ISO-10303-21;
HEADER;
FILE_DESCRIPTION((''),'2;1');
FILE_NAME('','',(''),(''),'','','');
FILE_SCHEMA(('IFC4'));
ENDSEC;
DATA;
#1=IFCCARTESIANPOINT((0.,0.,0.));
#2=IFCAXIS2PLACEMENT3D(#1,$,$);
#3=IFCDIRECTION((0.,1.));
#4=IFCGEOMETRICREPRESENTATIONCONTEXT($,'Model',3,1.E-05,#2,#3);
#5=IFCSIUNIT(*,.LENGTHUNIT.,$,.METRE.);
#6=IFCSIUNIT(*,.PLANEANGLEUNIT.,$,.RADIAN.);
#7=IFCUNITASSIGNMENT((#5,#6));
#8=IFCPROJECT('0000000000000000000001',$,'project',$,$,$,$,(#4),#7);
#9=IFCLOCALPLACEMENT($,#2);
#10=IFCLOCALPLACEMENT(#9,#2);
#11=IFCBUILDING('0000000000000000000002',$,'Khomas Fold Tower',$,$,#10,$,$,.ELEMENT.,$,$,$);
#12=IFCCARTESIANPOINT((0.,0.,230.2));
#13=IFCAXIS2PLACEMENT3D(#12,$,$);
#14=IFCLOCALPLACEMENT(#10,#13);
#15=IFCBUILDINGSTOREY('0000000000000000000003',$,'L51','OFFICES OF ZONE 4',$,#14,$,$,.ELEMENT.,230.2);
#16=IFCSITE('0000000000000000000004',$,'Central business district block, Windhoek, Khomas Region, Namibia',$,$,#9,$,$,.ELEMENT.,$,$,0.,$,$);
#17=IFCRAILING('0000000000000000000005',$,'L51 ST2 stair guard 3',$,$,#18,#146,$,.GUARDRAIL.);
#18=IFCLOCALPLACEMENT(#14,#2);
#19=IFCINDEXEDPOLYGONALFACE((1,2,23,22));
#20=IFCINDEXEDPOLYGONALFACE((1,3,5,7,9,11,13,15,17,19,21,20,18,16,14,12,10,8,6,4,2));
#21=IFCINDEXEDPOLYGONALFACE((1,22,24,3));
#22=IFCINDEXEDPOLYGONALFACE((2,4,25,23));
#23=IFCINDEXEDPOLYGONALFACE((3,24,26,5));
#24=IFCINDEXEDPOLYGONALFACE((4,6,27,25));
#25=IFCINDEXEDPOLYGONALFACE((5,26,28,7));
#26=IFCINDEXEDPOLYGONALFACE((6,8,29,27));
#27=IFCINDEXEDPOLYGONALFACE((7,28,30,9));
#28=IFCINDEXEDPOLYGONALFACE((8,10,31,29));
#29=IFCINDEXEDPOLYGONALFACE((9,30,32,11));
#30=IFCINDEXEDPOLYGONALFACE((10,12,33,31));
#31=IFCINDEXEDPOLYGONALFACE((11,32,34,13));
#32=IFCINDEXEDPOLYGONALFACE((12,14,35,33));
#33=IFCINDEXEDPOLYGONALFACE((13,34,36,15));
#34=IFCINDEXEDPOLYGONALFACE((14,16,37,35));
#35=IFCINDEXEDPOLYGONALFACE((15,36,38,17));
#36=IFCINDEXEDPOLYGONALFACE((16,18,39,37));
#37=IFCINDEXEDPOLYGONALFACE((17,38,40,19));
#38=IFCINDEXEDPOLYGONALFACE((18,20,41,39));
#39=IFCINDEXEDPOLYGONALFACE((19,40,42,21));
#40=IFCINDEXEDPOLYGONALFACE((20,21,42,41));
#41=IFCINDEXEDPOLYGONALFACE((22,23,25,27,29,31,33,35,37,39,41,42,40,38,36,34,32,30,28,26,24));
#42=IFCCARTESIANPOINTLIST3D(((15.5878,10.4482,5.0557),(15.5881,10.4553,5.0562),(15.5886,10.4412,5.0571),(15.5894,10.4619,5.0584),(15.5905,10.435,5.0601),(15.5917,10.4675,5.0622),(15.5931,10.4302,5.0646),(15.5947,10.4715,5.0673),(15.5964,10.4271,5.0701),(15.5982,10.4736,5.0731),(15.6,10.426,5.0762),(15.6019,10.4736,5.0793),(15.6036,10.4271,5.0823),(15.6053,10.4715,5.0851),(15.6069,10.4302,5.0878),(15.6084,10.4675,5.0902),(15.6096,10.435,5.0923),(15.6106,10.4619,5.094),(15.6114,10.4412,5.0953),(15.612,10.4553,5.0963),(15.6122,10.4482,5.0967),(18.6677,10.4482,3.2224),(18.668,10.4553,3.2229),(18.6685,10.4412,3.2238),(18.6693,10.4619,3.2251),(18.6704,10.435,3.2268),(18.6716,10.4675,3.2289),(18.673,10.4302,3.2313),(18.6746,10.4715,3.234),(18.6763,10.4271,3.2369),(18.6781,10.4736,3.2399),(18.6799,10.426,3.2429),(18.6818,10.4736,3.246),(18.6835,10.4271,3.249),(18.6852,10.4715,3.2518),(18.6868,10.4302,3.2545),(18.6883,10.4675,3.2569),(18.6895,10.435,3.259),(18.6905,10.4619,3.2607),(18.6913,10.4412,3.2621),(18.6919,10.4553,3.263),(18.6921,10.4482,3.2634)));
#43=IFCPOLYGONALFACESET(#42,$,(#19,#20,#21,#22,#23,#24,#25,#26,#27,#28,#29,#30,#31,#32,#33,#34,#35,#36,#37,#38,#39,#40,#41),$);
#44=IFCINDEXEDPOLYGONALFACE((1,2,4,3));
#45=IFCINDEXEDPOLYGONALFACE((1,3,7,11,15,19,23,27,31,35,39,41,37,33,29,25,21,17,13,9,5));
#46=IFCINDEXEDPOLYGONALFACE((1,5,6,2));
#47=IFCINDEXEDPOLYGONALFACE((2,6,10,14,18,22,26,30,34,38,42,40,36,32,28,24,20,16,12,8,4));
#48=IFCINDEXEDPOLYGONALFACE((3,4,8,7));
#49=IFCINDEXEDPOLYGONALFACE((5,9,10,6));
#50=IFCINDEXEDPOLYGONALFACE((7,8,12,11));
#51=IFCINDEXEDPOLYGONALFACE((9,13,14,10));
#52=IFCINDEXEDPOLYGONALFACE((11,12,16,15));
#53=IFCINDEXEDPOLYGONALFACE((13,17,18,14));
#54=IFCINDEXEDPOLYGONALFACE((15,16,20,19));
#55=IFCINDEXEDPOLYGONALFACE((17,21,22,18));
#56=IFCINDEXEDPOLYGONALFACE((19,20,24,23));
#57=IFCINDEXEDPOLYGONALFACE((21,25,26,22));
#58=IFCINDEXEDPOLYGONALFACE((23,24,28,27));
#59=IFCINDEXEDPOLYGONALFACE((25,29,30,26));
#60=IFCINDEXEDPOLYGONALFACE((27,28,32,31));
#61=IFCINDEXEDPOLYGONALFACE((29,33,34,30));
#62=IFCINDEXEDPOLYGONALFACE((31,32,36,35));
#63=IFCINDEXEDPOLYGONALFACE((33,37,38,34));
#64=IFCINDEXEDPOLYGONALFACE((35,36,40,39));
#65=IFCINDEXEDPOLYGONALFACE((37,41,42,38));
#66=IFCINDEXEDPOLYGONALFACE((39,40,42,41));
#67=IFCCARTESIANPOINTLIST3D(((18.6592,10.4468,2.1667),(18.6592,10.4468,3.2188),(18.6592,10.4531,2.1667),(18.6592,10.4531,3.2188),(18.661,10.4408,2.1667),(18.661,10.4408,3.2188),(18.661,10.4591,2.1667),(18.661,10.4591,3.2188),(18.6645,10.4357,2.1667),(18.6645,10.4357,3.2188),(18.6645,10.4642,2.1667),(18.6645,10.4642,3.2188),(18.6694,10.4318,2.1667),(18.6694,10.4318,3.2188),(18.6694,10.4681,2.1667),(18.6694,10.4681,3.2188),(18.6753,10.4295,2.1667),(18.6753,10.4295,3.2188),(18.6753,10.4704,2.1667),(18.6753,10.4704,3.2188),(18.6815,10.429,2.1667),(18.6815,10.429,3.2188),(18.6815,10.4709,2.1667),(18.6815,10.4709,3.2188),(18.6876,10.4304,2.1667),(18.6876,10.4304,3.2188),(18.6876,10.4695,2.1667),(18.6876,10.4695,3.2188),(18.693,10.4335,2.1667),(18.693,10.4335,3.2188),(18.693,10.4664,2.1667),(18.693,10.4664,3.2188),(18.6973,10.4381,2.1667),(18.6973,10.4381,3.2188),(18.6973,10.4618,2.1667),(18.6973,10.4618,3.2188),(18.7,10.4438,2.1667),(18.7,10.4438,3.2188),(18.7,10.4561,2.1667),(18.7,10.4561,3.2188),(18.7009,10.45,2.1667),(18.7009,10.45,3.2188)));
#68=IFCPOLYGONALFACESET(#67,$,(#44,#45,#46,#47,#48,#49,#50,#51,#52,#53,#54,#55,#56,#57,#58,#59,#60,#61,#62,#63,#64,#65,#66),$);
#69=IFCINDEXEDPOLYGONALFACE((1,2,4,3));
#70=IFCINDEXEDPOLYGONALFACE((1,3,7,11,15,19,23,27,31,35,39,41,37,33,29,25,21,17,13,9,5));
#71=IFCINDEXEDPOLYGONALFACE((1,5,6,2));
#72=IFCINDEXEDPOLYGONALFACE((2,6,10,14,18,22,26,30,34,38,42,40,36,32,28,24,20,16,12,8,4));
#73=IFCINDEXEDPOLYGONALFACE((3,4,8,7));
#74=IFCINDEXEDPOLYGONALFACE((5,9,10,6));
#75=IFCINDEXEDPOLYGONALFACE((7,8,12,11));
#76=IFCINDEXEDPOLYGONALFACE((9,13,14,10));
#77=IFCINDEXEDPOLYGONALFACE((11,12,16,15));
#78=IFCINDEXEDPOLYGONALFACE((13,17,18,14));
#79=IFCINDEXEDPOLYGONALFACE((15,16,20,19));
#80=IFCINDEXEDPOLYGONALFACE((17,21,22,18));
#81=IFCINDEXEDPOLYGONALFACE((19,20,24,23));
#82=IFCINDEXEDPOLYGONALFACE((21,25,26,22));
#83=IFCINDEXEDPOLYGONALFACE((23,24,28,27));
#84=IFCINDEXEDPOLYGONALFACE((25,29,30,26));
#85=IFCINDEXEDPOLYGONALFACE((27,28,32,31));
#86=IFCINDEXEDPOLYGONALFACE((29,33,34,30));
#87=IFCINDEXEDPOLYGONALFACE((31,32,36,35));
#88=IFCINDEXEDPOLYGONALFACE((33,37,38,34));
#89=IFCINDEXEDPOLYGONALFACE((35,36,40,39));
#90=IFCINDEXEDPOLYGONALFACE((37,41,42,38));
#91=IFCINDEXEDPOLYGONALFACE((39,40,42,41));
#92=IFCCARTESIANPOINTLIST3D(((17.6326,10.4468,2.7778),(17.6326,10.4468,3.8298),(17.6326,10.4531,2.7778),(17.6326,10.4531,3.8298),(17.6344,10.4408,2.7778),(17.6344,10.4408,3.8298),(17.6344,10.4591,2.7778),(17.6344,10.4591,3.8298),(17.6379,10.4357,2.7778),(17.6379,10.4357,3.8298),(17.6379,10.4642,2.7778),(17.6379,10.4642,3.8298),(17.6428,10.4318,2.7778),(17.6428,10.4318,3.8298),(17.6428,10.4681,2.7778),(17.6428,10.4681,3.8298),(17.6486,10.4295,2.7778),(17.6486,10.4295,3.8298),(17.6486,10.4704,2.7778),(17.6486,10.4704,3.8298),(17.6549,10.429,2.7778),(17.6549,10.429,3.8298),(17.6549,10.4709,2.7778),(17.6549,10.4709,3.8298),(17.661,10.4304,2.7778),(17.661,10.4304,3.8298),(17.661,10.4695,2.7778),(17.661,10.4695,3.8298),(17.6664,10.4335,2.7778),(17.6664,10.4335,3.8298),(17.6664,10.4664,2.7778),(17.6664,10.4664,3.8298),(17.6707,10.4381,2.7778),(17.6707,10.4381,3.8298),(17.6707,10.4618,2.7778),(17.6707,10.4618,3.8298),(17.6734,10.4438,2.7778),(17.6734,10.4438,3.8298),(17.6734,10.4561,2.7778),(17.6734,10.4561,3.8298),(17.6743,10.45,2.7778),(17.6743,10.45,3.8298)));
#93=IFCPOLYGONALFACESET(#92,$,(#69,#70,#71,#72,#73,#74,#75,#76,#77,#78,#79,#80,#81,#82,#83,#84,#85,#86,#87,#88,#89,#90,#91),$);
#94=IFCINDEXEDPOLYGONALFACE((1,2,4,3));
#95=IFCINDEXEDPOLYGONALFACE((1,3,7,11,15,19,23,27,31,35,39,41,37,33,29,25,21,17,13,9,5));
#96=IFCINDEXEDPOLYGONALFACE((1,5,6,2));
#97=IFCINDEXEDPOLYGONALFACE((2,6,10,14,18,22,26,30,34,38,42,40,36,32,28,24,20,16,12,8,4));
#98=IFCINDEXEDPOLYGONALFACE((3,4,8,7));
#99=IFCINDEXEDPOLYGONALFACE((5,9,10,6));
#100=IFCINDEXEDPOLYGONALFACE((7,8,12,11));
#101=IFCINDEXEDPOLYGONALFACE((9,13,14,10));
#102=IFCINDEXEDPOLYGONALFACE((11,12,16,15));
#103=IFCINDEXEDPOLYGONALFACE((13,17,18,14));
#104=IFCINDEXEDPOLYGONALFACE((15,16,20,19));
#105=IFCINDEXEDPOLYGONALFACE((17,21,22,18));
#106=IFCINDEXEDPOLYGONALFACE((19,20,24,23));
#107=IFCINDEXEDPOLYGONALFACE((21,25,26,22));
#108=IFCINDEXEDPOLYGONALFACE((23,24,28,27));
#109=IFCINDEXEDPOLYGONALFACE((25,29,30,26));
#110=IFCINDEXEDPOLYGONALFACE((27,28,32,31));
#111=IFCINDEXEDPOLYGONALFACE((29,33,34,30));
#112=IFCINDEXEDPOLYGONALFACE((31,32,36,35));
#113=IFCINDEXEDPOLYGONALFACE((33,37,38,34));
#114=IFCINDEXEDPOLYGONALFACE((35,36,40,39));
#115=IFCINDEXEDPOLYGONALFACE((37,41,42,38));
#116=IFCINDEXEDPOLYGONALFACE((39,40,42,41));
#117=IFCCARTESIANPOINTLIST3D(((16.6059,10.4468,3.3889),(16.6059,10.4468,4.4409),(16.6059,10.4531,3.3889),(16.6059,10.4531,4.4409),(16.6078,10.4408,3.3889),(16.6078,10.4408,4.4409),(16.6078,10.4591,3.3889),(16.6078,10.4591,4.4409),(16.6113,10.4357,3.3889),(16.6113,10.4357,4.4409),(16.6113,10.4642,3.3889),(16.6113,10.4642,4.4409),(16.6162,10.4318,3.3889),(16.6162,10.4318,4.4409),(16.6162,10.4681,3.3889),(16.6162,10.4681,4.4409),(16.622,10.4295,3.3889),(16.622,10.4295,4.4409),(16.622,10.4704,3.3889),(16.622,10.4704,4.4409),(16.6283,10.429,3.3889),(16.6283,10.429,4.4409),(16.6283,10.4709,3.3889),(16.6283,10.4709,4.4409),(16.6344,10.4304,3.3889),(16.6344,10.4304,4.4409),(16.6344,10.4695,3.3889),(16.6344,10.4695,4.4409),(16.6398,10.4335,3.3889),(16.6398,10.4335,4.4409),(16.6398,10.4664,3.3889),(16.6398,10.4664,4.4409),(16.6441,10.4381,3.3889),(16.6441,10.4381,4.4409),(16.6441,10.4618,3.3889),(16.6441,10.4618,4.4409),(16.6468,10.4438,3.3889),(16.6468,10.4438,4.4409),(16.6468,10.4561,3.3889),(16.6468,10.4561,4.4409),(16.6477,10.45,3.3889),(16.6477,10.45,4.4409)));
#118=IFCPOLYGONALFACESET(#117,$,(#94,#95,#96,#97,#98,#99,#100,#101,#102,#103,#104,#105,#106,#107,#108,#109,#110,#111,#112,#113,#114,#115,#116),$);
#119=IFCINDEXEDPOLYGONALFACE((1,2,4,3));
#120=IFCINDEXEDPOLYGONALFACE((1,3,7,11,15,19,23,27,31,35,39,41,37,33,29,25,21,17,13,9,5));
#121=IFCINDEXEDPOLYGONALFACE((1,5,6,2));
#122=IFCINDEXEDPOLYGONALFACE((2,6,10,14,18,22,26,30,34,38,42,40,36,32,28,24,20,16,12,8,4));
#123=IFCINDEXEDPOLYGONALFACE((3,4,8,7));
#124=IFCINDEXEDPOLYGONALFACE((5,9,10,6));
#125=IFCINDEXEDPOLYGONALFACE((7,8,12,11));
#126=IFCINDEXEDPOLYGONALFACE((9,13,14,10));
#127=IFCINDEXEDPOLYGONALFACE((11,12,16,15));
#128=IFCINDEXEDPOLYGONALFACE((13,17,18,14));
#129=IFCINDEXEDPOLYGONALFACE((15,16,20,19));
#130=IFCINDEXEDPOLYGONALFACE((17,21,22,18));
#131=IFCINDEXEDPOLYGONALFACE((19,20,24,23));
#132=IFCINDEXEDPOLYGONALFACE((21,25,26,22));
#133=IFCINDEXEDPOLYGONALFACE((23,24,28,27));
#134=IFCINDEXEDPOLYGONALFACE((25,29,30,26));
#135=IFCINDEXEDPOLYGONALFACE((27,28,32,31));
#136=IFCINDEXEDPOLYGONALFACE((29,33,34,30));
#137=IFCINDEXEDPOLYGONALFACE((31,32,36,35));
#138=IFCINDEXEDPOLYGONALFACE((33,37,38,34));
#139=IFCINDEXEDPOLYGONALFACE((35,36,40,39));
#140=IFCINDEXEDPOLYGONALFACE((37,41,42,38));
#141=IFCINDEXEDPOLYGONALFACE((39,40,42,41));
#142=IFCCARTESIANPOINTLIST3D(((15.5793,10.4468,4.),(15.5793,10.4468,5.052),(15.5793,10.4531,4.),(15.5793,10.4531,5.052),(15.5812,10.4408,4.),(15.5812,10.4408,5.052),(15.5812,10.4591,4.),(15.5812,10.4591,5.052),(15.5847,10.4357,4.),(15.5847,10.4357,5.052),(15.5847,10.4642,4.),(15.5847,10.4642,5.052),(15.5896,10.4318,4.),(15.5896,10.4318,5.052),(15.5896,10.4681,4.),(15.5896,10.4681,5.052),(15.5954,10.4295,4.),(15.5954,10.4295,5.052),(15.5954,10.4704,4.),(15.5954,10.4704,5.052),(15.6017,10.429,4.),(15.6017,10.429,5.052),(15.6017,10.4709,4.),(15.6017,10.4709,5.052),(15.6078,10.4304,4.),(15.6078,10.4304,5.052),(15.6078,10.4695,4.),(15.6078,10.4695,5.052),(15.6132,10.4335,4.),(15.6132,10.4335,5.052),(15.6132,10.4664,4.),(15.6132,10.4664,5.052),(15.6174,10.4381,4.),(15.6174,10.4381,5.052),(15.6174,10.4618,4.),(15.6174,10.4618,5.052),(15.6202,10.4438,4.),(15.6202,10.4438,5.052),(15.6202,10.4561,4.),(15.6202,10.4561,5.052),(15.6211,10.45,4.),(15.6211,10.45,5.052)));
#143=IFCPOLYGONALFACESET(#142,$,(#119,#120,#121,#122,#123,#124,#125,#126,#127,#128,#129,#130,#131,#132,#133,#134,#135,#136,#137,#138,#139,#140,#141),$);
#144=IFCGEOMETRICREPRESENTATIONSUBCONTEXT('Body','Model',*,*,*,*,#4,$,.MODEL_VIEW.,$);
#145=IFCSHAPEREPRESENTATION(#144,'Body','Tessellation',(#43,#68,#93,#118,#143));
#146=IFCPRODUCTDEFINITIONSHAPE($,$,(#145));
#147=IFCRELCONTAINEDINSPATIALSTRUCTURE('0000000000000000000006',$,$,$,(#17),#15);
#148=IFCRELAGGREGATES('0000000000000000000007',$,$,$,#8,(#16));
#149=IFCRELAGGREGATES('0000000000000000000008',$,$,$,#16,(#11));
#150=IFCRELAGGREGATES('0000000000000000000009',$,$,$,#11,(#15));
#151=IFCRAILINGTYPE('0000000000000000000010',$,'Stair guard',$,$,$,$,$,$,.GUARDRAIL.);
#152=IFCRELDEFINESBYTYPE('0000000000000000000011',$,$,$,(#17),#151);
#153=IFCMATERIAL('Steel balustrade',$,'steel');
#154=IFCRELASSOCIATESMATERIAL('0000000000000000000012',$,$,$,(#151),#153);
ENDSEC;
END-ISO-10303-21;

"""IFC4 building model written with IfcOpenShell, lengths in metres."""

from ifc_helpers import new_model, si_unit, direction, frame, origin, origin_2d, place, context, subcontext, project, spatial, circle, extrude, source, transform, mapped, material, type_object, element, save


model = new_model("IFC4")

# Units and contexts
model_context = context("Model", 3, precision=1e-05, world=origin(), true_north=direction((0.0, 1.0)))
body_context = subcontext(model_context, "Body", "Model", "MODEL_VIEW")
ifc_project = project(units=[si_unit("LENGTHUNIT", "METRE"), si_unit("PLANEANGLEUNIT", "RADIAN")], contexts=[model_context])

# Site, building, storey
site_placement = place(None, origin())
site = spatial("IfcSite", under=ifc_project, at=site_placement, Name="Central business district block, Windhoek, Khomas Region, Namibia", CompositionType="ELEMENT", RefElevation=0.0)
building_placement = place(site_placement, origin())
building = spatial("IfcBuilding", under=site, at=building_placement, Name="Khomas Fold Tower", CompositionType="ELEMENT")
storey_placement = place(building_placement, frame((0.0, 0.0, 230.2)))
storey = spatial("IfcBuildingStorey", under=building, at=storey_placement, Name="L51", Description="OFFICES OF ZONE 4", CompositionType="ELEMENT", Elevation=230.2)

# Railing
ifc_material_1 = material(Name="Steel balustrade", Category="steel")
railing_type_1 = type_object("IfcRailingType", Name="Stair guard", PredefinedType="GUARDRAIL", material=ifc_material_1)
shared_shape_1 = source(origin(), body_context, "Body", "SweptSolid", [
    extrude(circle(Radius=0.0239, at=origin_2d()), frame((0.0, 0.0, 1.0762), z_axis=(-0.859291, 0.0, 0.511487), x_axis=(0.0, -1.0, 0.0)), (0.0, 0.0, 1.0), 3.5842),
    extrude(circle(Radius=0.021, at=origin_2d()), origin(), (0.0, 0.0, 1.0), 1.052),
    extrude(circle(Radius=0.021, at=origin_2d()), frame((-1.0266, 0.0, 0.6111)), (0.0, 0.0, 1.0), 1.052),
    extrude(circle(Radius=0.021, at=origin_2d()), frame((-2.0532, 0.0, 1.2222)), (0.0, 0.0, 1.0), 1.052),
    extrude(circle(Radius=0.021, at=origin_2d()), frame((-3.0798, 0.0, 1.8333)), (0.0, 0.0, 1.0), 1.052),
])
railing_1_placement = place(storey_placement, frame((18.6799, 10.45, 2.1667)))
element("IfcRailing", 1, at=railing_1_placement, inside=storey, type_object=railing_type_1, Name="L51 ST2 stair guard 3", PredefinedType="GUARDRAIL", context=body_context, shape_type="MappedRepresentation", body=[
    mapped(shared_shape_1, transform((0.0, 0.0, 0.0))),
])

save(model, "model.ifc")
